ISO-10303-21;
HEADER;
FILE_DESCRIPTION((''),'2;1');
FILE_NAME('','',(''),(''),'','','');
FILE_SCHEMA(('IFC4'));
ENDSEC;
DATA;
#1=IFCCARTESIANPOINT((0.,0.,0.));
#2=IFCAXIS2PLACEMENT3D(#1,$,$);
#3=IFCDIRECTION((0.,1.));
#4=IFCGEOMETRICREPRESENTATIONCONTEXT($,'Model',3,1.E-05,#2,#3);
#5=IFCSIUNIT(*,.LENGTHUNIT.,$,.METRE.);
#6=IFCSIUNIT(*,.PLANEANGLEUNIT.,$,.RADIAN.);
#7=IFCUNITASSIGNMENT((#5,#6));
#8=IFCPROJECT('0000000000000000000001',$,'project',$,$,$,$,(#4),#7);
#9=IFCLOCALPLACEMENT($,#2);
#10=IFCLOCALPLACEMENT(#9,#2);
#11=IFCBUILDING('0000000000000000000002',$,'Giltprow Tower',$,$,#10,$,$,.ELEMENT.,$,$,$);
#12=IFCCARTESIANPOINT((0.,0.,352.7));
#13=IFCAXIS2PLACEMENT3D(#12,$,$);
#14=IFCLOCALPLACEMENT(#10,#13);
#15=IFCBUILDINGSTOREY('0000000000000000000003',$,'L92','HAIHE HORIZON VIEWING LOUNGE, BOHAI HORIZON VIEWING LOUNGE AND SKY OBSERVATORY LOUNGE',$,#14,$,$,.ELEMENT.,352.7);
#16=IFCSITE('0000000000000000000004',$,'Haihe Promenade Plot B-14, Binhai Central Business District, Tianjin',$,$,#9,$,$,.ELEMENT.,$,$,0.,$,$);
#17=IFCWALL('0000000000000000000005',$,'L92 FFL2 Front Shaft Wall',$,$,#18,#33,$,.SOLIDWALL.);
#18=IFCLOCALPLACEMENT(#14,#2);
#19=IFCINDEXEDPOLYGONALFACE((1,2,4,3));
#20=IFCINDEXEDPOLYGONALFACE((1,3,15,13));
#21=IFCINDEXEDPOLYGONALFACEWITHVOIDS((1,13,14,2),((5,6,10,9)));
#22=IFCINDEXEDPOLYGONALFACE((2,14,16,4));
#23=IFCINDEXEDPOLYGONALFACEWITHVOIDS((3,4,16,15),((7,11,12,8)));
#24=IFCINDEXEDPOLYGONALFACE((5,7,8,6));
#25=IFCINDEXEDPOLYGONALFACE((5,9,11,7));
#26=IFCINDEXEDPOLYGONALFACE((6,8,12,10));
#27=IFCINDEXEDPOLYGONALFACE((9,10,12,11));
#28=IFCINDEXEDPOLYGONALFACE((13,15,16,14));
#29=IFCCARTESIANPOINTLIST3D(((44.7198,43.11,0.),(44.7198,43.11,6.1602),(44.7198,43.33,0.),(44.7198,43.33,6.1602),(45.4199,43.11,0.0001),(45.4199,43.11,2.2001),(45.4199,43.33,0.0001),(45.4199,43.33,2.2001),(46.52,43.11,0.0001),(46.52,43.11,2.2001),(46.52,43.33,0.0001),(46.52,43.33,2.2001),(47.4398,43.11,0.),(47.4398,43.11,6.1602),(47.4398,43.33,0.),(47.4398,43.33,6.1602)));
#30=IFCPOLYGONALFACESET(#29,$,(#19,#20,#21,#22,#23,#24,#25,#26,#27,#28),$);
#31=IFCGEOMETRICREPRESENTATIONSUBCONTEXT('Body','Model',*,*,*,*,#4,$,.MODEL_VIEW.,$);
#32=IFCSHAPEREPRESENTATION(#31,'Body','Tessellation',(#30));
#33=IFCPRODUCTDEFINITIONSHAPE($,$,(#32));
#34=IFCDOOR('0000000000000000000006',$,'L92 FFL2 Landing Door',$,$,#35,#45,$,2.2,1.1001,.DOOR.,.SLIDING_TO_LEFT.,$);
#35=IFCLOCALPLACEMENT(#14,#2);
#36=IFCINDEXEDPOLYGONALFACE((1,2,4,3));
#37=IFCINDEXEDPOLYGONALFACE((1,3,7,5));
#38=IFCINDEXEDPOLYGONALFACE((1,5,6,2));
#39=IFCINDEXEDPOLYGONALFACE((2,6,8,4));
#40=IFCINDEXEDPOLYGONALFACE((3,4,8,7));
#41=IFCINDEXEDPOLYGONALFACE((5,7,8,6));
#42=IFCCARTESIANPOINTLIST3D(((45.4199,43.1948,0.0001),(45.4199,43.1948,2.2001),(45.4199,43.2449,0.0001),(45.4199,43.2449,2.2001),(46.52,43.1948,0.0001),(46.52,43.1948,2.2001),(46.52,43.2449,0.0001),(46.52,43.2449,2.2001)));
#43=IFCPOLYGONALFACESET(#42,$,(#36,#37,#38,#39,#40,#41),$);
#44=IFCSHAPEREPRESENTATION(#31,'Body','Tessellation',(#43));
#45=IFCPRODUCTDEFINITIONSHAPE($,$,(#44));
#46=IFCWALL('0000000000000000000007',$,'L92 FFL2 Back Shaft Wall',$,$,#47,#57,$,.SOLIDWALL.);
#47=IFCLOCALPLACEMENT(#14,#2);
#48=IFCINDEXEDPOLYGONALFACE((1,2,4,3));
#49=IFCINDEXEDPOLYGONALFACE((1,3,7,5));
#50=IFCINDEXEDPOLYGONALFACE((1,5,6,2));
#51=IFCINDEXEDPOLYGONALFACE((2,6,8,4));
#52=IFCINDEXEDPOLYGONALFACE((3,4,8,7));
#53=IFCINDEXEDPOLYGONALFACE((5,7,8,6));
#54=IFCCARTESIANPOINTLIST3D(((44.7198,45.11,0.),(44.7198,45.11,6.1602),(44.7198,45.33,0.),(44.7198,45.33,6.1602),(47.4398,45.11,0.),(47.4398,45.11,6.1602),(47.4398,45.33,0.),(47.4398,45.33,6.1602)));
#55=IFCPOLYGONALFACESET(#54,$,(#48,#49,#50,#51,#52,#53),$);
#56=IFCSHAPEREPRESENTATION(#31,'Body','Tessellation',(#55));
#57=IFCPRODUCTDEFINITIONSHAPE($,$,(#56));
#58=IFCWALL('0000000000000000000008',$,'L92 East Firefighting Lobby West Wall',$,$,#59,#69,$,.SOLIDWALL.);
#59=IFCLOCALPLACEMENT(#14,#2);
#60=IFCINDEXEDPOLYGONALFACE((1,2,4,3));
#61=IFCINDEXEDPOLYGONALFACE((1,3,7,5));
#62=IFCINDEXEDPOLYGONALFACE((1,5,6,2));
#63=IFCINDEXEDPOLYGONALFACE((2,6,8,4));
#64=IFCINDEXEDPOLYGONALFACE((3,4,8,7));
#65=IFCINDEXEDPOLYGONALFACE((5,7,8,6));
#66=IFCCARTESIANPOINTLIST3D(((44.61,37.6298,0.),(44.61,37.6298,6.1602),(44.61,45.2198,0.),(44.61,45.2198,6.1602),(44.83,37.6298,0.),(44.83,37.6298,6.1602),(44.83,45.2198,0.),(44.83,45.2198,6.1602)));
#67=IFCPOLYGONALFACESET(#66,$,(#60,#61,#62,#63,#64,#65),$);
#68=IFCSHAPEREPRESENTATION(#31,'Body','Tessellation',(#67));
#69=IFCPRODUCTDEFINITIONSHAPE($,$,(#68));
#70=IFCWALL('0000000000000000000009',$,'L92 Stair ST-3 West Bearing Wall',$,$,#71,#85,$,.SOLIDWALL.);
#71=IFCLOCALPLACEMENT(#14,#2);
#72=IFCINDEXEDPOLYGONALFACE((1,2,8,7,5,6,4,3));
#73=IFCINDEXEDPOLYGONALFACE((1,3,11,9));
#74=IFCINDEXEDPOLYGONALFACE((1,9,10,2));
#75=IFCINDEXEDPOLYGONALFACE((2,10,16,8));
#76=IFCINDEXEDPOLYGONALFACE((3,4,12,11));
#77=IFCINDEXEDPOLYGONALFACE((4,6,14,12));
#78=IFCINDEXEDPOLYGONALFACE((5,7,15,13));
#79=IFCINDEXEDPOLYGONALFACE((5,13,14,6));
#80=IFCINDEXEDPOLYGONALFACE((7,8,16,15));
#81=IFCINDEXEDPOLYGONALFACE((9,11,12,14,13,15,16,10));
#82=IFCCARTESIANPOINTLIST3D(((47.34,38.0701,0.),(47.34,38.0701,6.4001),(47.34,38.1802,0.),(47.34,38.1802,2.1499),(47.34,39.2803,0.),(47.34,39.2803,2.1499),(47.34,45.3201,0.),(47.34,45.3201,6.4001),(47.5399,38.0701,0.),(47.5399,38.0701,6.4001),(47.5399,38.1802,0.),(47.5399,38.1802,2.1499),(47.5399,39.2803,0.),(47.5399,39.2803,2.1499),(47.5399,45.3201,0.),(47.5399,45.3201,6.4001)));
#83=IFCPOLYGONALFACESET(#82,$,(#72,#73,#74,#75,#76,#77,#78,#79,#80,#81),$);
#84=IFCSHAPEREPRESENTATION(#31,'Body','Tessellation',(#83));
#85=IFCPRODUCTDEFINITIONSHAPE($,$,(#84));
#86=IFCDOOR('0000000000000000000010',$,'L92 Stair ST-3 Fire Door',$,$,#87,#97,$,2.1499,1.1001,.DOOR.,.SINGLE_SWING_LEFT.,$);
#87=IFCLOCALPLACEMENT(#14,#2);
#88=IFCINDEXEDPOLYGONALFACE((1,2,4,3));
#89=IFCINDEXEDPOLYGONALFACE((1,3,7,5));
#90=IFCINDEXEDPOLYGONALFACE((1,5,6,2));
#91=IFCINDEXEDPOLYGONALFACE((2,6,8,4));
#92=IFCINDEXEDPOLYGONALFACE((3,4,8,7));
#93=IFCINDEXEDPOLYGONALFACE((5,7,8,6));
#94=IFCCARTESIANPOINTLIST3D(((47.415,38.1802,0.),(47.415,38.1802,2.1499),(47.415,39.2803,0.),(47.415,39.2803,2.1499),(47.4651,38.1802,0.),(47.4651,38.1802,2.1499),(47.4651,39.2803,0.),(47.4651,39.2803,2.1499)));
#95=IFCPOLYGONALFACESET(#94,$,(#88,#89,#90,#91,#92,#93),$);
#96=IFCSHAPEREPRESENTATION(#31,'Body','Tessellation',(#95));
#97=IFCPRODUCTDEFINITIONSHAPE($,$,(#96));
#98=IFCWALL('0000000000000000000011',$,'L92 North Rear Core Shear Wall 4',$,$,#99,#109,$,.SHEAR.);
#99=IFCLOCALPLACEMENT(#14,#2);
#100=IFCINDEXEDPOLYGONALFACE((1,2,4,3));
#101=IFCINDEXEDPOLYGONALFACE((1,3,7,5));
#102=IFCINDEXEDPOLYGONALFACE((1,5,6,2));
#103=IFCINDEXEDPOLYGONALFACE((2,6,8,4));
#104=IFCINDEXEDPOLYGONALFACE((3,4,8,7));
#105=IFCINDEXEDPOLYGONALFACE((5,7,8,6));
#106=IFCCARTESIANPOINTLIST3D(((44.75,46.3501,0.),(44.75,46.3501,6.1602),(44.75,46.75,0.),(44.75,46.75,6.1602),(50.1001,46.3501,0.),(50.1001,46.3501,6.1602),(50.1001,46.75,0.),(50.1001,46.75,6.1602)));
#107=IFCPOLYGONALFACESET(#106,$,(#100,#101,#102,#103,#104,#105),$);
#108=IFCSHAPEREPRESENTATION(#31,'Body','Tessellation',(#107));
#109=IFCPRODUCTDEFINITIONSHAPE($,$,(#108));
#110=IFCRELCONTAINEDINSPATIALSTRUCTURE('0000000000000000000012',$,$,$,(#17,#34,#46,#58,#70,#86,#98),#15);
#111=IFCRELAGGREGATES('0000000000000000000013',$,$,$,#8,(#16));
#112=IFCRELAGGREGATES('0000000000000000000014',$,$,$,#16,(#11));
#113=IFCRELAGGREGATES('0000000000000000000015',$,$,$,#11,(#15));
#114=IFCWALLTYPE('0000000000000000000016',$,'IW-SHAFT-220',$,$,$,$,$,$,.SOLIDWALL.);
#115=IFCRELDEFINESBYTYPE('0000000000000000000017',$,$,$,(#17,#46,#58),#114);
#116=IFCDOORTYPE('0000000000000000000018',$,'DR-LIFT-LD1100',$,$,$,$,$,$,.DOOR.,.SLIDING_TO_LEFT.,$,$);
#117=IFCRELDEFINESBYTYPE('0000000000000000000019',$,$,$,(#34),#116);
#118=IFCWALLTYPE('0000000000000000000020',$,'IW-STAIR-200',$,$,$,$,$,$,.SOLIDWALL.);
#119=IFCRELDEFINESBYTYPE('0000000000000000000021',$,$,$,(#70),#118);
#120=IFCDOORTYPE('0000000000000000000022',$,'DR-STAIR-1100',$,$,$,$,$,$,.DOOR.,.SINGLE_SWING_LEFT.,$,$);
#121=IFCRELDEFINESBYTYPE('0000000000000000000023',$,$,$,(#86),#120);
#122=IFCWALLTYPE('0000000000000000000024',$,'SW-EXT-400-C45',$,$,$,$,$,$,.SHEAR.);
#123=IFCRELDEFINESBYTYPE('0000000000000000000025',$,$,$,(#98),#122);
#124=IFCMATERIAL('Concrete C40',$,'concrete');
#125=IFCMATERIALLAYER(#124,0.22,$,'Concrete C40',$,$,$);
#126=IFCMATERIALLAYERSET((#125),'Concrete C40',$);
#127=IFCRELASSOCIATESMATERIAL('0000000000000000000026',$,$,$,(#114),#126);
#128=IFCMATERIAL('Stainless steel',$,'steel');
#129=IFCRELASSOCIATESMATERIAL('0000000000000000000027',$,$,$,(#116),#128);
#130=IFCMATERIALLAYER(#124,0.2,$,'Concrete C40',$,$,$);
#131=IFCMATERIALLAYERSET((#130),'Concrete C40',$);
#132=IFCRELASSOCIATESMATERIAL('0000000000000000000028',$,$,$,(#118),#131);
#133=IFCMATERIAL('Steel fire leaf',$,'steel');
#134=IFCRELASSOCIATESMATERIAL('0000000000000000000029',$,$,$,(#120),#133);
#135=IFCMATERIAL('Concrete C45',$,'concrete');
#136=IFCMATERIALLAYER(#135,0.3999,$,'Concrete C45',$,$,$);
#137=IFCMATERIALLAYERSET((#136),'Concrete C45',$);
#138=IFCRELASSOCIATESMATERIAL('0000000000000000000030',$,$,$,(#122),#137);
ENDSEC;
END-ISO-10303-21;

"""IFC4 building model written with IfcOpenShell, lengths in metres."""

from ifc_helpers import new_model, si_unit, direction, frame, frame_2d, origin, place, context, subcontext, project, spatial, rectangle, extrude, source, transform, mapped, material, layer, layer_set, type_object, element, fill, save


model = new_model("IFC4")

# Units and contexts
model_context = context("Model", 3, precision=1e-05, world=origin(), true_north=direction((0.0, 1.0)))
body_context = subcontext(model_context, "Body", "Model", "MODEL_VIEW")
ifc_project = project(units=[si_unit("LENGTHUNIT", "METRE"), si_unit("PLANEANGLEUNIT", "RADIAN")], contexts=[model_context])

# Site, building, storey
site_placement = place(None, origin())
site = spatial("IfcSite", under=ifc_project, at=site_placement, Name="Haihe Promenade Plot B-14, Binhai Central Business District, Tianjin", CompositionType="ELEMENT", RefElevation=0.0)
building_placement = place(site_placement, origin())
building = spatial("IfcBuilding", under=site, at=building_placement, Name="Giltprow Tower", CompositionType="ELEMENT")
storey_placement = place(building_placement, frame((0.0, 0.0, 352.7)))
storey = spatial("IfcBuildingStorey", under=building, at=storey_placement, Name="L92", Description="HAIHE HORIZON VIEWING LOUNGE, BOHAI HORIZON VIEWING LOUNGE AND SKY OBSERVATORY LOUNGE", CompositionType="ELEMENT", Elevation=352.7)

# Shared definitions
ifc_material_1 = material(Name="Concrete C45", Category="concrete")

# Wall, opening, door
ifc_material_2 = material(Name="Concrete C40", Category="concrete")
ifc_layer_1 = layer(ifc_material_2, 0.22, Name="Concrete C40")
ifc_layer_set_1 = layer_set([ifc_layer_1], Name="Concrete C40")
wall_type_1 = type_object("IfcWallType", Name="IW-SHAFT-220", PredefinedType="SOLIDWALL", material=ifc_layer_set_1)
wall_1_placement = place(storey_placement, frame((44.72, 43.22, 0.0), z_axis=(0.0, 0.0, 1.0), x_axis=(1.0, 0.0, 0.0)))
wall_1 = element("IfcWall", 1, at=wall_1_placement, inside=storey, type_object=wall_type_1, Name="L92 FFL2 Front Shaft Wall", PredefinedType="SOLIDWALL", context=body_context, shape_type="SweptSolid", body=[
    extrude(rectangle(XDim=2.72, YDim=0.22, at=frame_2d((1.3599, 0.0))), origin(), (0.0, 0.0, 1.0), 6.1602),
])
opening_1_placement = place(wall_1_placement, frame((0.7, 0.0, 0.0)))
opening_1 = element("IfcOpeningElement", 2, at=opening_1_placement, cuts=wall_1, PredefinedType="OPENING", context=body_context, shape_type="SweptSolid", body=[
    extrude(rectangle(XDim=1.1001, YDim=2.2, at=frame_2d((0.55, 1.1001))), frame((0.0, 0.1199, 0.0), z_axis=(0.0, -1.0, 0.0), x_axis=(1.0, 0.0, 0.0)), (0.0, 0.0, 1.0), 0.24),
])
ifc_material_3 = material(Name="Stainless steel", Category="steel")
door_type_1 = type_object("IfcDoorType", Name="DR-LIFT-LD1100", OperationType="SLIDING_TO_LEFT", PredefinedType="DOOR", material=ifc_material_3)
shared_shape_1 = source(origin(), body_context, "Body", "SweptSolid", [
    extrude(rectangle(XDim=1.1001, YDim=2.2, at=frame_2d((0.55, 1.1001))), frame((0.0, 0.0249, 0.0), z_axis=(0.0, -1.0, 0.0), x_axis=(1.0, 0.0, 0.0)), (0.0, 0.0, 1.0), 0.05),
])
door_1_placement = place(opening_1_placement, origin())
door_1 = element("IfcDoor", 3, at=door_1_placement, inside=storey, type_object=door_type_1, Name="L92 FFL2 Landing Door", OperationType="SLIDING_TO_LEFT", OverallHeight=2.2, OverallWidth=1.1001, PredefinedType="DOOR", context=body_context, shape_type="MappedRepresentation", body=[
    mapped(shared_shape_1, transform((0.0, 0.0, 0.0), x_axis=(1.0, 0.0, 0.0), y_axis=(0.0, 1.0, 0.0), z_axis=(0.0, 0.0, 1.0), scale=1.0)),
])
fill(opening_1, door_1)

# Walls
wall_2_placement = place(storey_placement, frame((44.72, 45.22, 0.0), z_axis=(0.0, 0.0, 1.0), x_axis=(1.0, 0.0, 0.0)))
element("IfcWall", 4, at=wall_2_placement, inside=storey, type_object=wall_type_1, Name="L92 FFL2 Back Shaft Wall", PredefinedType="SOLIDWALL", context=body_context, shape_type="SweptSolid", body=[
    extrude(rectangle(XDim=2.72, YDim=0.22, at=frame_2d((1.3599, 0.0))), origin(), (0.0, 0.0, 1.0), 6.1602),
])
wall_3_placement = place(storey_placement, frame((44.72, 37.6299, 0.0), z_axis=(0.0, 0.0, 1.0), x_axis=(0.0, 1.0, 0.0)))
element("IfcWall", 5, at=wall_3_placement, inside=storey, type_object=wall_type_1, Name="L92 East Firefighting Lobby West Wall", PredefinedType="SOLIDWALL", context=body_context, shape_type="SweptSolid", body=[
    extrude(rectangle(XDim=7.5901, YDim=0.22, at=frame_2d((3.7949, 0.0))), origin(), (0.0, 0.0, 1.0), 6.1602),
])

# Wall, opening, door
ifc_layer_2 = layer(ifc_material_2, 0.2, Name="Concrete C40")
ifc_layer_set_2 = layer_set([ifc_layer_2], Name="Concrete C40")
wall_type_2 = type_object("IfcWallType", Name="IW-STAIR-200", PredefinedType="SOLIDWALL", material=ifc_layer_set_2)
wall_4_placement = place(storey_placement, frame((47.4399, 38.0701, 0.0), z_axis=(0.0, 0.0, 1.0), x_axis=(0.0, 1.0, 0.0)))
wall_4 = element("IfcWall", 6, at=wall_4_placement, inside=storey, type_object=wall_type_2, Name="L92 Stair ST-3 West Bearing Wall", PredefinedType="SOLIDWALL", context=body_context, shape_type="SweptSolid", body=[
    extrude(rectangle(XDim=7.25, YDim=0.2, at=frame_2d((3.625, 0.0))), origin(), (0.0, 0.0, 1.0), 6.4001),
])
opening_2_placement = place(wall_4_placement, frame((0.1101, 0.0, 0.0)))
opening_2 = element("IfcOpeningElement", 7, at=opening_2_placement, cuts=wall_4, PredefinedType="OPENING", context=body_context, shape_type="SweptSolid", body=[
    extrude(rectangle(XDim=1.1001, YDim=2.1499, at=frame_2d((0.55, 1.075))), frame((0.0, 0.1099, 0.0), z_axis=(0.0, -1.0, 0.0), x_axis=(1.0, 0.0, 0.0)), (0.0, 0.0, 1.0), 0.22),
])
ifc_material_4 = material(Name="Steel fire leaf", Category="steel")
door_type_2 = type_object("IfcDoorType", Name="DR-STAIR-1100", OperationType="SINGLE_SWING_LEFT", PredefinedType="DOOR", material=ifc_material_4)
shared_shape_2 = source(origin(), body_context, "Body", "SweptSolid", [
    extrude(rectangle(XDim=1.1001, YDim=2.1499, at=frame_2d((0.55, 1.075))), frame((0.0, 0.0249, 0.0), z_axis=(0.0, -1.0, 0.0), x_axis=(1.0, 0.0, 0.0)), (0.0, 0.0, 1.0), 0.05),
])
door_2_placement = place(opening_2_placement, origin())
door_2 = element("IfcDoor", 8, at=door_2_placement, inside=storey, type_object=door_type_2, Name="L92 Stair ST-3 Fire Door", OperationType="SINGLE_SWING_LEFT", OverallHeight=2.1499, OverallWidth=1.1001, PredefinedType="DOOR", context=body_context, shape_type="MappedRepresentation", body=[
    mapped(shared_shape_2, transform((0.0, 0.0, 0.0), x_axis=(1.0, 0.0, 0.0), y_axis=(0.0, 1.0, 0.0), z_axis=(0.0, 0.0, 1.0), scale=1.0)),
])
fill(opening_2, door_2)

# Wall
ifc_layer_3 = layer(ifc_material_1, 0.3999, Name="Concrete C45")
ifc_layer_set_3 = layer_set([ifc_layer_3], Name="Concrete C45")
wall_type_3 = type_object("IfcWallType", Name="SW-EXT-400-C45", PredefinedType="SHEAR", material=ifc_layer_set_3)
wall_5_placement = place(storey_placement, frame((44.75, 46.55, 0.0), z_axis=(0.0, 0.0, 1.0), x_axis=(1.0, 0.0, 0.0)))
element("IfcWall", 9, at=wall_5_placement, inside=storey, type_object=wall_type_3, Name="L92 North Rear Core Shear Wall 4", PredefinedType="SHEAR", context=body_context, shape_type="SweptSolid", body=[
    extrude(rectangle(XDim=5.3501, YDim=0.3999, at=frame_2d((2.675, 0.0))), origin(), (0.0, 0.0, 1.0), 6.1602),
])

save(model, "model.ifc")
